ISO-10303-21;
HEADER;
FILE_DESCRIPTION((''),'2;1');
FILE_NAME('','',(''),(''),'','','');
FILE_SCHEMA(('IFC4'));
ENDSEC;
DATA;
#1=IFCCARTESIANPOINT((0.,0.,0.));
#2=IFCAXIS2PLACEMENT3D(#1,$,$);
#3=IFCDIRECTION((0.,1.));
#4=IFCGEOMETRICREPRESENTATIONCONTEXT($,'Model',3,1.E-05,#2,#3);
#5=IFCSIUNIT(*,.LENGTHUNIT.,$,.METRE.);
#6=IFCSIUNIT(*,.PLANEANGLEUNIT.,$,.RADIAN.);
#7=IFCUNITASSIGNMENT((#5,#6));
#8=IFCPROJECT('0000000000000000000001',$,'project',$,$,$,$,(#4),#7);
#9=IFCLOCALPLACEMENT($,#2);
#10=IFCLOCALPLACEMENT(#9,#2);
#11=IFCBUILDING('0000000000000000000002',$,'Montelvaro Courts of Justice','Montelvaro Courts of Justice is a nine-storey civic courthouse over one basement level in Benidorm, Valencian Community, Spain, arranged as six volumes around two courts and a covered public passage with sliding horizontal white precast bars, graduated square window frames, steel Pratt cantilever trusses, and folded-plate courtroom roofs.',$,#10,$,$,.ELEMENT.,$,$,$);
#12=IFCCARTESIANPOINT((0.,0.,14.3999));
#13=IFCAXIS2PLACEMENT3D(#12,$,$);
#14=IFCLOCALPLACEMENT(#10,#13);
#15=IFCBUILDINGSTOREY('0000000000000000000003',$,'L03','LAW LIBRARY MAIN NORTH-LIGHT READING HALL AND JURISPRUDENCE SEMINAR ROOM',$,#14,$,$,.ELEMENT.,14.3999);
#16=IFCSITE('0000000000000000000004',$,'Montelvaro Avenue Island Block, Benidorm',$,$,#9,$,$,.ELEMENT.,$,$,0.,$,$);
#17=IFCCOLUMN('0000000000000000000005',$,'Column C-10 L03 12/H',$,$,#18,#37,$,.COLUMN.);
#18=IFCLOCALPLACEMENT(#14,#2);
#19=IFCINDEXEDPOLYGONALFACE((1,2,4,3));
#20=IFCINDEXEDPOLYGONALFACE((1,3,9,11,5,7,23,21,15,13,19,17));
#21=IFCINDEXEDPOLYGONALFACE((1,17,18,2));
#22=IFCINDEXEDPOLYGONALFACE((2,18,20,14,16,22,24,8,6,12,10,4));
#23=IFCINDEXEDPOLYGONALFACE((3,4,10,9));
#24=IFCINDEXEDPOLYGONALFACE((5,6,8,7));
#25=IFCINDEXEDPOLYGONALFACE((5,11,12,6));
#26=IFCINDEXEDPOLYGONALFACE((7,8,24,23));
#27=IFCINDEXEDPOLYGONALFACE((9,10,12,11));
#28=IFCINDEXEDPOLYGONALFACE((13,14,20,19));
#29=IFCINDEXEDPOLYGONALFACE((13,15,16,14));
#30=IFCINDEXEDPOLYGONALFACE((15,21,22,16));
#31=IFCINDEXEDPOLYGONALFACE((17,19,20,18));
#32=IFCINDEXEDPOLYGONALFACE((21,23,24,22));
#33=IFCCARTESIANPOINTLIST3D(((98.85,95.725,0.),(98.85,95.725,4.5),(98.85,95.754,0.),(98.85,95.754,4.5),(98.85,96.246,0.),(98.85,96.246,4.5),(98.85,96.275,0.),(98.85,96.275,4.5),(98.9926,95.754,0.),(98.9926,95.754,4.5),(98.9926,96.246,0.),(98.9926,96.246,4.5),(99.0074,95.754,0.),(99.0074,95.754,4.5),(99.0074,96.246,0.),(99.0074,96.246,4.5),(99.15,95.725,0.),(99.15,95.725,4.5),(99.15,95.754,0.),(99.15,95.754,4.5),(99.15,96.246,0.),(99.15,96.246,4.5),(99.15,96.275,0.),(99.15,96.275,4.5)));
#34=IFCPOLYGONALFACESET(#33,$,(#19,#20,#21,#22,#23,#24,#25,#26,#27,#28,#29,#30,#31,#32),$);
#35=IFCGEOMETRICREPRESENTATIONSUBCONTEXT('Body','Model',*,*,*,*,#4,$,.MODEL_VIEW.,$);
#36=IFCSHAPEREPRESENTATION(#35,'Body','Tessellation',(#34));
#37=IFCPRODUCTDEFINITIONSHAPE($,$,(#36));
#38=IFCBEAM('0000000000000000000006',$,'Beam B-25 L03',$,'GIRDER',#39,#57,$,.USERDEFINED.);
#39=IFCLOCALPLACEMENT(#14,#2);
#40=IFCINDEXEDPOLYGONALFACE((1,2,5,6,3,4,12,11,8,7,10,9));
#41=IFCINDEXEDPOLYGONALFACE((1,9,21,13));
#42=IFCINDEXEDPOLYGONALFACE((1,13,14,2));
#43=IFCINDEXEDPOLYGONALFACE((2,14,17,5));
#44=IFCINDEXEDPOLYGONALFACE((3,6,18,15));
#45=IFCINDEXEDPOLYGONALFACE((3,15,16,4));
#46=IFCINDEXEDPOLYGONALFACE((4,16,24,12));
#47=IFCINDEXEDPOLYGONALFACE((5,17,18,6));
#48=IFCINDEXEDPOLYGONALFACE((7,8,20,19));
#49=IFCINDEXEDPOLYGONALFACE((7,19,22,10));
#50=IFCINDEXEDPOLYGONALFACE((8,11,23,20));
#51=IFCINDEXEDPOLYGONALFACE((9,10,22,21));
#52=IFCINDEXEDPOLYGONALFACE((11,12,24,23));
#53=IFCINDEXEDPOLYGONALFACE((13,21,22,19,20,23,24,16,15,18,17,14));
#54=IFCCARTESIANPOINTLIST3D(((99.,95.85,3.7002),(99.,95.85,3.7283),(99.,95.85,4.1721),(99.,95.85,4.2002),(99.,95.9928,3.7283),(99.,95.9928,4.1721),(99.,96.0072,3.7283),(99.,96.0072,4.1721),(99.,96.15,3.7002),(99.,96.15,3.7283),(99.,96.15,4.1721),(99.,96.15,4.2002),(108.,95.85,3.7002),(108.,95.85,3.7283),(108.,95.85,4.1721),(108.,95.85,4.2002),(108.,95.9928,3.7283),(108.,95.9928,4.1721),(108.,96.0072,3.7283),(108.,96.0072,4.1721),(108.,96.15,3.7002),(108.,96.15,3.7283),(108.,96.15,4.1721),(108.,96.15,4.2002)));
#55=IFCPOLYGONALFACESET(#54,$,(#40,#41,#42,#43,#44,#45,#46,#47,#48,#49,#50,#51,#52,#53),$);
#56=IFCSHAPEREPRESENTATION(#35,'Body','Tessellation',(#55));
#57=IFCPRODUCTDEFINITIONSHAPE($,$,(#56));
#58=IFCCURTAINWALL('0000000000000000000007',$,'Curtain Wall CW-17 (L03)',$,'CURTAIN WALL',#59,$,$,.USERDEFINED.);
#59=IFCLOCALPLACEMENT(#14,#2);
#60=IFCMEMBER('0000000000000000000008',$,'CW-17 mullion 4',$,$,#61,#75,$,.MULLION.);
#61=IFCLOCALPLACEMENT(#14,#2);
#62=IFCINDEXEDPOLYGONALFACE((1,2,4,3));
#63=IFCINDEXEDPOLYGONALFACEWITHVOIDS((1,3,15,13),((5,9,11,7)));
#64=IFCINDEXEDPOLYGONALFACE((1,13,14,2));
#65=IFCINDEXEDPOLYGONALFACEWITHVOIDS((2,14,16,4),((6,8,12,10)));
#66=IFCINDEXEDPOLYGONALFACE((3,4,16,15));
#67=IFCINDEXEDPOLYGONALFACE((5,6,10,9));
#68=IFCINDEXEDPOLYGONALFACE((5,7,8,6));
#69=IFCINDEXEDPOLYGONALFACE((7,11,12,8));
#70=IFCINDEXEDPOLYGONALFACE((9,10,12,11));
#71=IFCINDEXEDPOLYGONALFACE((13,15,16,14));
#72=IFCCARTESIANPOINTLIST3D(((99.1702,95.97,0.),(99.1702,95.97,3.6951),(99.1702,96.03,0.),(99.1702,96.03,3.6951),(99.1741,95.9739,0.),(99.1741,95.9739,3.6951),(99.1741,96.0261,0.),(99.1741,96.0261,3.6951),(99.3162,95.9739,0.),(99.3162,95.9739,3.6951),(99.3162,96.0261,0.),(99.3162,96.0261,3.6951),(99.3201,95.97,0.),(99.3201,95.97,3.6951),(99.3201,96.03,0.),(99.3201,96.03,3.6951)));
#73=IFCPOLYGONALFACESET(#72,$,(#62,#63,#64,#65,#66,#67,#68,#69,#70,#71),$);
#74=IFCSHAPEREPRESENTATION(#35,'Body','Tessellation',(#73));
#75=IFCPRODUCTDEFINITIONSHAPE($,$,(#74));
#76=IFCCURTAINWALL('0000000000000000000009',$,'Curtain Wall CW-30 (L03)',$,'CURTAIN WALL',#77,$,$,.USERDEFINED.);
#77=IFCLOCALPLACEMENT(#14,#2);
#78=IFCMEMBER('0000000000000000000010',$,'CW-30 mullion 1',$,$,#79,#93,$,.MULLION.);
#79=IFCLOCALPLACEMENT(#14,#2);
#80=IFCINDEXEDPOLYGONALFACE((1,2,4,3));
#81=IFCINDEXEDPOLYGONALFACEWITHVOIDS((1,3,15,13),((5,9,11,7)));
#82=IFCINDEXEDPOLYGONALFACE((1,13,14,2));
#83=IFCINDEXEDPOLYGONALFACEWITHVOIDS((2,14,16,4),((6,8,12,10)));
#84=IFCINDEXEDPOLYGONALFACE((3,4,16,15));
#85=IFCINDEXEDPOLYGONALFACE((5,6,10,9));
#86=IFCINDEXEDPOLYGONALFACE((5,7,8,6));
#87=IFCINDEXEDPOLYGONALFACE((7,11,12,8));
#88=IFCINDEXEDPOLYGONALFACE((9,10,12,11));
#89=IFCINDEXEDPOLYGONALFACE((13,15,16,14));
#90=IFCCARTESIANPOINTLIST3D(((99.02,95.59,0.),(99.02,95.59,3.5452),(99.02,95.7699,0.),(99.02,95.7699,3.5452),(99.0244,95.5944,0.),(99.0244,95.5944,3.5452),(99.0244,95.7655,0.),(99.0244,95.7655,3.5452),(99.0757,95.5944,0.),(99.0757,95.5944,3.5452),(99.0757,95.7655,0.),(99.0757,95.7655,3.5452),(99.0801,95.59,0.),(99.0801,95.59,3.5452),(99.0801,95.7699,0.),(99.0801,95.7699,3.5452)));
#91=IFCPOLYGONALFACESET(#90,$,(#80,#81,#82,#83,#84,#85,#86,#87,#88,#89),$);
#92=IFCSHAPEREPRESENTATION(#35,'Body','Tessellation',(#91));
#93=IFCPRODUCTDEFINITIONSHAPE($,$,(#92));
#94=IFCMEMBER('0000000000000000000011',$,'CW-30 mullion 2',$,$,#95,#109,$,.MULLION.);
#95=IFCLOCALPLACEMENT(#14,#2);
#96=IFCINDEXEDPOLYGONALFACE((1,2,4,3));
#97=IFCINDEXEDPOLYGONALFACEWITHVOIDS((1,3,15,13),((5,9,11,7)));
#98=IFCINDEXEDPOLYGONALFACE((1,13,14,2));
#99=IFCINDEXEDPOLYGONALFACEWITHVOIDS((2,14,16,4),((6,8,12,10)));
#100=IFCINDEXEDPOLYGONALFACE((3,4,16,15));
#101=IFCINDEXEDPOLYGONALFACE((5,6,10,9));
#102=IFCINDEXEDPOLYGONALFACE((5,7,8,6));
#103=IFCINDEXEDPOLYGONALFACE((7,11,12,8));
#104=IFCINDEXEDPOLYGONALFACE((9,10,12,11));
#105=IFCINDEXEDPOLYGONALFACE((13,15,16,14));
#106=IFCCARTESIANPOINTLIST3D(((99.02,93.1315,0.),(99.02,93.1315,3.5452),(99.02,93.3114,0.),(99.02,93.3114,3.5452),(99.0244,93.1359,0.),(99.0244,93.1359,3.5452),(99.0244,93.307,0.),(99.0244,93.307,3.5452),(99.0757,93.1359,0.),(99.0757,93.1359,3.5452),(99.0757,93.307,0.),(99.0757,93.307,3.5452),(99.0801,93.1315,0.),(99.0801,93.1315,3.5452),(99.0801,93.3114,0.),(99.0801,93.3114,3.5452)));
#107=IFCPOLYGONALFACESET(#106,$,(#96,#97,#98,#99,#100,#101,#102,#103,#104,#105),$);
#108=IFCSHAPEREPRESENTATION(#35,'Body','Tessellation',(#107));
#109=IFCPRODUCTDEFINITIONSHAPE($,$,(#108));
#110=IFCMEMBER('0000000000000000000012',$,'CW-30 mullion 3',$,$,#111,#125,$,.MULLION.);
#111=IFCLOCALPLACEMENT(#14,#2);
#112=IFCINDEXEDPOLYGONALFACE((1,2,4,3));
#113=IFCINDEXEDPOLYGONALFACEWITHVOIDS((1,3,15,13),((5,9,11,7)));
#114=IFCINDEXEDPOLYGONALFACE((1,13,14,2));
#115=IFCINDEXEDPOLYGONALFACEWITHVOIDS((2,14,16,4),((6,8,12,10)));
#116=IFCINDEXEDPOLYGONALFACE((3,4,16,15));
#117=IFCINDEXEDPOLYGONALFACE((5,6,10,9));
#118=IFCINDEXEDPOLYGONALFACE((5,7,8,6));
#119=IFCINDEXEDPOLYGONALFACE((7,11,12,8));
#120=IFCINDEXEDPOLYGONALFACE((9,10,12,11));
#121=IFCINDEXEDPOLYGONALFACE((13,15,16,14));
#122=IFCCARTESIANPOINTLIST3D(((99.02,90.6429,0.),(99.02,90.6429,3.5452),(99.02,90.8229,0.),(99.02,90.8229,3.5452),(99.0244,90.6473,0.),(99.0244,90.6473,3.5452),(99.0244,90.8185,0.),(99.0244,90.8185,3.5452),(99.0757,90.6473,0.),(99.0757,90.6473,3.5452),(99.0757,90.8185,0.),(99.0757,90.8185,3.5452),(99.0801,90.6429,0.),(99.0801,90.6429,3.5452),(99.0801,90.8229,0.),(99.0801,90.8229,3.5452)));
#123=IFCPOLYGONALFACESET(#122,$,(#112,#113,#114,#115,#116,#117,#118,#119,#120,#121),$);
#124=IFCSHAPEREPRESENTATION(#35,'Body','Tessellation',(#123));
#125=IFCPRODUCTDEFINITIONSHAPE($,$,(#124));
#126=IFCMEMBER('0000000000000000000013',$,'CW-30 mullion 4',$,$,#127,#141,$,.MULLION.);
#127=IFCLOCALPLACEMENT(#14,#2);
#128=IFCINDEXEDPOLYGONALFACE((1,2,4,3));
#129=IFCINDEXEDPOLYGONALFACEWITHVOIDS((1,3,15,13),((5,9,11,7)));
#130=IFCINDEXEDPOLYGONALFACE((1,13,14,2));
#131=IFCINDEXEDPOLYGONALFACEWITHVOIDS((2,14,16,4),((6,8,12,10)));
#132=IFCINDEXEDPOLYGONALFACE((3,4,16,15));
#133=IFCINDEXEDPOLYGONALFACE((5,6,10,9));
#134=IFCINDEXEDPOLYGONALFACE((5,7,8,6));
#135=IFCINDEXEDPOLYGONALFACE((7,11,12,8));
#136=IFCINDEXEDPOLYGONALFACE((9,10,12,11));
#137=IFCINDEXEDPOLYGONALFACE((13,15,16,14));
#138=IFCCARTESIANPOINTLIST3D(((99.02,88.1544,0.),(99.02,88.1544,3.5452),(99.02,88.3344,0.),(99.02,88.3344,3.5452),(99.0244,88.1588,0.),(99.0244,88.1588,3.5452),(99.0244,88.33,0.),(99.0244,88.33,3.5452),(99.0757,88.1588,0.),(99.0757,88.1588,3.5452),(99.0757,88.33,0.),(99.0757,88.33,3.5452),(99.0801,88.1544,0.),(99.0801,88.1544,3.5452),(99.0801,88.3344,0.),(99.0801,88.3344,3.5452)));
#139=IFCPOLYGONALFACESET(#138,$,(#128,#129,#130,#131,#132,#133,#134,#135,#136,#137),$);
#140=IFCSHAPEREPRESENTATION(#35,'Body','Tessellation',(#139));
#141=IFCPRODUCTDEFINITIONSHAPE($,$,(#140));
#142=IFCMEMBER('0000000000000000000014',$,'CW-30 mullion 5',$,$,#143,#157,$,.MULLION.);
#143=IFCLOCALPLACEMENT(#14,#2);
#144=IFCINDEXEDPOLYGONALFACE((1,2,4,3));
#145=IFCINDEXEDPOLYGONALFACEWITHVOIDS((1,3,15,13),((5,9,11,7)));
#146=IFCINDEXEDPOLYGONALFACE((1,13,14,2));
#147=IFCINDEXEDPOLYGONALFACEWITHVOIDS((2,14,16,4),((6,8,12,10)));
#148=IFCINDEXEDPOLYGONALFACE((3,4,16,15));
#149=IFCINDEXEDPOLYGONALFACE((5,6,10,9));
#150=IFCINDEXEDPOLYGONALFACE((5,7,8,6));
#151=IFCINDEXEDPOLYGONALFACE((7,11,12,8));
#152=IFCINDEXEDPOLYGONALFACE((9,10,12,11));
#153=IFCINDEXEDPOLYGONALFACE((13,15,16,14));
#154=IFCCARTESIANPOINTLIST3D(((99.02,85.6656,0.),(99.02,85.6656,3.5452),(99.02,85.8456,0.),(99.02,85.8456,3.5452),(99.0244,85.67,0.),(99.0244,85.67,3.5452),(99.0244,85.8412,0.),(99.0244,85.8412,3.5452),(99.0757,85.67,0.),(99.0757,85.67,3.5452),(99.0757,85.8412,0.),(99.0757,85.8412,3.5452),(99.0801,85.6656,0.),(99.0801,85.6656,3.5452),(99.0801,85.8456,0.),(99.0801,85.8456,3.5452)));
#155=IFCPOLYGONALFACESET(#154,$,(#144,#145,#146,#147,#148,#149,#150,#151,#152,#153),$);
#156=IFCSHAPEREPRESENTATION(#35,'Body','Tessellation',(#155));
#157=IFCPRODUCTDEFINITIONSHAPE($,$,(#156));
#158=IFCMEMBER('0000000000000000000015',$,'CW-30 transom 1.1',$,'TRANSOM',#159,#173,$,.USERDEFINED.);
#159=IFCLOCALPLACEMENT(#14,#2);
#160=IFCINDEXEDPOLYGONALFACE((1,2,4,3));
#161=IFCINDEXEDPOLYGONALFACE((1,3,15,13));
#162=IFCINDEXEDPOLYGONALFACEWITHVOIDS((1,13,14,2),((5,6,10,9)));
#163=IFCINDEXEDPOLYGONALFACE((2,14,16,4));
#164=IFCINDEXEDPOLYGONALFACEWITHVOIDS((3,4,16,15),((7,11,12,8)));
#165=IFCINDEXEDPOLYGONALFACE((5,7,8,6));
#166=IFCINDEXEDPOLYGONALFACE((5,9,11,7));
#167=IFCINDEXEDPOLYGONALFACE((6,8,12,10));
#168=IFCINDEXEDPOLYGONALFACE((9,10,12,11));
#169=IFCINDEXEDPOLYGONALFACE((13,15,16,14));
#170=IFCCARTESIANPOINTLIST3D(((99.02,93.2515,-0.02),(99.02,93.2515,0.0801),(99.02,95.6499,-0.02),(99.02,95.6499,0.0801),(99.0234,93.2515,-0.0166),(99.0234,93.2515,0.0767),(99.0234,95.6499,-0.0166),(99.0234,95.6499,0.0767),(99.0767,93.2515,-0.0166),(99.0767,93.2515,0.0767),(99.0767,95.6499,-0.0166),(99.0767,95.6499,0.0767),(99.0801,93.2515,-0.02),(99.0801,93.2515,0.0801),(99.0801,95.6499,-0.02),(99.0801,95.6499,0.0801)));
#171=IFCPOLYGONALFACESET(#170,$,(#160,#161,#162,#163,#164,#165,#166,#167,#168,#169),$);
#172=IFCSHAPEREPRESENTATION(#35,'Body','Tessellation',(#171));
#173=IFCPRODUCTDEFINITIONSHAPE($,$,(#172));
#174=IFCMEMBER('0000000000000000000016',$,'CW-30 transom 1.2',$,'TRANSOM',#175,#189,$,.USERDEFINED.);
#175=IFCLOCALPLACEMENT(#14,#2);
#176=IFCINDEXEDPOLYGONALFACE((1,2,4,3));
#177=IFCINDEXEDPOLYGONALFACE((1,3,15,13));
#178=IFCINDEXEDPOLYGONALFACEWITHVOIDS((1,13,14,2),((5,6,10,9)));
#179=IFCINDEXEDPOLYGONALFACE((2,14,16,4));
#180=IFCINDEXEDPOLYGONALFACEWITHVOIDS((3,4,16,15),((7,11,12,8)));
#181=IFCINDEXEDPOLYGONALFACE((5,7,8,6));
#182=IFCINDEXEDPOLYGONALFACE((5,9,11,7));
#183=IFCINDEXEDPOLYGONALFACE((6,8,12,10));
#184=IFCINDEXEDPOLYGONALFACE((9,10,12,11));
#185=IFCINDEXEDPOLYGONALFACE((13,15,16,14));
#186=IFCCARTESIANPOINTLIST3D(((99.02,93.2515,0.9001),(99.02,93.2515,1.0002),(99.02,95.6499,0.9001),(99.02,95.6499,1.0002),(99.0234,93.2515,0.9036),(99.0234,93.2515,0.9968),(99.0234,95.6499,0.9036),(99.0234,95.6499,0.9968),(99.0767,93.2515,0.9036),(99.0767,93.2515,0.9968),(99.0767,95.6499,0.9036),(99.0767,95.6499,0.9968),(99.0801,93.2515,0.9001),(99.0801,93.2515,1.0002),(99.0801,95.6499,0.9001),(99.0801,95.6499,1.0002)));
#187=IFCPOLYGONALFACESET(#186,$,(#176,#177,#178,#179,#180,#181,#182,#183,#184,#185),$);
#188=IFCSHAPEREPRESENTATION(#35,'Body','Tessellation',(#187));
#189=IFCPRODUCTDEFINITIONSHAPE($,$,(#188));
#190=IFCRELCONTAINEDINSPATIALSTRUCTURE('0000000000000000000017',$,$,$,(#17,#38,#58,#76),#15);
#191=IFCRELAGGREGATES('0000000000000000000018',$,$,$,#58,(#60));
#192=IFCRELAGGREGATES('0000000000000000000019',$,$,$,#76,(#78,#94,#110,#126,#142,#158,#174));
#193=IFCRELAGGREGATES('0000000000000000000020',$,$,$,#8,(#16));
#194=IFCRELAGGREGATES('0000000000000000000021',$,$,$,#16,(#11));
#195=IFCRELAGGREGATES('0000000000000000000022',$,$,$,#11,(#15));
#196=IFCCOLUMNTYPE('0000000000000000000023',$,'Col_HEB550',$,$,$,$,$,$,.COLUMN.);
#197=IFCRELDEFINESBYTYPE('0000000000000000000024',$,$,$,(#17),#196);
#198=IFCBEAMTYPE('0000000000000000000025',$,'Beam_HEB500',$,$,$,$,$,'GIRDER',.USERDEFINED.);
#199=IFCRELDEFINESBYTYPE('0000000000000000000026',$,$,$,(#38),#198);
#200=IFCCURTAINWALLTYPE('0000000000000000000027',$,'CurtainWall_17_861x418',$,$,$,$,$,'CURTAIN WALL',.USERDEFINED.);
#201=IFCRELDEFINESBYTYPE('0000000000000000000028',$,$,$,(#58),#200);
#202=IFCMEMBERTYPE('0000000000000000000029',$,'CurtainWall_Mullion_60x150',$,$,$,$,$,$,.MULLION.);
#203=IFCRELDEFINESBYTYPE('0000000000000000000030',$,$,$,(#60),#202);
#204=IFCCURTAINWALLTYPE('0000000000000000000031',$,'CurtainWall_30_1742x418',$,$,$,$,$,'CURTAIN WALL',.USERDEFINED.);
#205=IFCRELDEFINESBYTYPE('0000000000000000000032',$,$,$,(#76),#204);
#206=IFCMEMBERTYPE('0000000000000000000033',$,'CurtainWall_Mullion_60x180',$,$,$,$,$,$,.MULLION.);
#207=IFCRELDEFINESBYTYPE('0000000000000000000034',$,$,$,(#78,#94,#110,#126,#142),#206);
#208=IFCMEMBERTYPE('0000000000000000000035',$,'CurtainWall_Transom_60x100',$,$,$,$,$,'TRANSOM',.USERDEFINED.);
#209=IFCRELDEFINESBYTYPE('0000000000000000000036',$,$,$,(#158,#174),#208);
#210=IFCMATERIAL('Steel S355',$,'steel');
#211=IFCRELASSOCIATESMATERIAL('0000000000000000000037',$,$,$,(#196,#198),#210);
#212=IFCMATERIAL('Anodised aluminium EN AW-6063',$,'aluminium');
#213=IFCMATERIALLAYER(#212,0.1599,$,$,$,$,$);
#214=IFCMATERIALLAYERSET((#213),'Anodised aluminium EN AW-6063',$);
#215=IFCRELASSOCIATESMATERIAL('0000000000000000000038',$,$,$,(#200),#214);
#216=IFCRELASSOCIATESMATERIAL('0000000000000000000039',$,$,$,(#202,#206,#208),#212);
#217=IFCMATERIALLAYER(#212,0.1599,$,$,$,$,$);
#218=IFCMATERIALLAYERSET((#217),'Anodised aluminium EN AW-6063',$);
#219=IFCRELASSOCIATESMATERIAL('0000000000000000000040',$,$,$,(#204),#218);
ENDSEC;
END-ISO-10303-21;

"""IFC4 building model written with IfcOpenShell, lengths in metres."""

from ifc_helpers import new_model, si_unit, direction, frame, origin, origin_2d, place, context, subcontext, project, spatial, hollow_rectangle, i_section, extrude, material, layer, layer_set, material_profile, profile_set, type_object, element, aggregate, save


model = new_model("IFC4")

# Units and contexts
model_context = context("Model", 3, precision=1e-05, world=origin(), true_north=direction((0.0, 1.0)))
body_context = subcontext(model_context, "Body", "Model", "MODEL_VIEW")
ifc_project = project(units=[si_unit("LENGTHUNIT", "METRE"), si_unit("PLANEANGLEUNIT", "RADIAN")], contexts=[model_context])

# Site, building, storey
site_placement = place(None, origin())
site = spatial("IfcSite", under=ifc_project, at=site_placement, Name="Montelvaro Avenue Island Block, Benidorm", CompositionType="ELEMENT", RefElevation=0.0)
building_placement = place(site_placement, origin())
building = spatial("IfcBuilding", under=site, at=building_placement, Name="Montelvaro Courts of Justice", Description="Montelvaro Courts of Justice is a nine-storey civic courthouse over one basement level in Benidorm, Valencian Community, Spain, arranged as six volumes around two courts and a covered public passage with sliding horizontal white precast bars, graduated square window frames, steel Pratt cantilever trusses, and folded-plate courtroom roofs.", CompositionType="ELEMENT")
storey_placement = place(building_placement, frame((0.0, 0.0, 14.3999)))
storey = spatial("IfcBuildingStorey", under=building, at=storey_placement, Name="L03", Description="LAW LIBRARY MAIN NORTH-LIGHT READING HALL AND JURISPRUDENCE SEMINAR ROOM", CompositionType="ELEMENT", Elevation=14.3999)

# Column
ifc_material_1 = material(Name="Steel S355", Category="steel")
ifc_material_profile_1 = material_profile(ifc_material_1, i_section(OverallWidth=0.3, OverallDepth=0.55, WebThickness=0.0149, FlangeThickness=0.0291, at=origin_2d()), Name="HEB 550")
ifc_profile_set_1 = profile_set([ifc_material_profile_1], Name="Steel S355")
column_type = type_object("IfcColumnType", Name="Col_HEB550", PredefinedType="COLUMN", material=ifc_profile_set_1)
column_placement = place(storey_placement, frame((99.0, 96.0, 0.0), z_axis=(0.0, 0.0, 1.0), x_axis=(1.0, 0.0, 0.0)))
element("IfcColumn", 1, at=column_placement, inside=storey, type_object=column_type, Name="Column C-10 L03 12/H", PredefinedType="COLUMN", context=body_context, shape_type="SweptSolid", body=[
    extrude(i_section(OverallWidth=0.3, OverallDepth=0.55, WebThickness=0.0149, FlangeThickness=0.0291, at=origin_2d()), origin(), (0.0, 0.0, 1.0), 4.5),
])

# Beam
ifc_material_profile_2 = material_profile(ifc_material_1, i_section(OverallWidth=0.3, OverallDepth=0.5, WebThickness=0.0144, FlangeThickness=0.0281, at=origin_2d()), Name="HEB 500")
ifc_profile_set_2 = profile_set([ifc_material_profile_2], Name="Steel S355")
beam_type = type_object("IfcBeamType", Name="Beam_HEB500", ElementType="GIRDER", PredefinedType="USERDEFINED", material=ifc_profile_set_2)
beam_placement = place(storey_placement, frame((99.0, 96.0, 3.9502), z_axis=(1.0, 0.0, 0.0), x_axis=(0.0, 1.0, 0.0)))
element("IfcBeam", 2, at=beam_placement, inside=storey, type_object=beam_type, Name="Beam B-25 L03", ObjectType="GIRDER", PredefinedType="USERDEFINED", context=body_context, shape_type="SweptSolid", body=[
    extrude(i_section(OverallWidth=0.3, OverallDepth=0.5, WebThickness=0.0144, FlangeThickness=0.0281, at=origin_2d()), origin(), (0.0, 0.0, 1.0), 9.0),
])

# Curtain wall, member
ifc_material_2 = material(Name="Anodised aluminium EN AW-6063", Category="aluminium")
ifc_layer_1 = layer(ifc_material_2, 0.1599)
ifc_layer_set_1 = layer_set([ifc_layer_1], Name="Anodised aluminium EN AW-6063")
curtain_wall_type_1 = type_object("IfcCurtainWallType", Name="CurtainWall_17_861x418", ElementType="CURTAIN WALL", PredefinedType="USERDEFINED", material=ifc_layer_set_1)
curtain_wall_1_placement = place(storey_placement, origin())
curtain_wall_1 = element("IfcCurtainWall", 3, at=curtain_wall_1_placement, inside=storey, type_object=curtain_wall_type_1, Name="Curtain Wall CW-17 (L03)", ObjectType="CURTAIN WALL", PredefinedType="USERDEFINED")
ifc_material_profile_3 = material_profile(ifc_material_2, hollow_rectangle(XDim=0.0601, YDim=0.1499, WallThickness=0.0039, at=origin_2d()), Name="ALU-M 60x150")
ifc_profile_set_3 = profile_set([ifc_material_profile_3], Name="Anodised aluminium EN AW-6063")
member_type_1 = type_object("IfcMemberType", Name="CurtainWall_Mullion_60x150", PredefinedType="MULLION", material=ifc_profile_set_3)
member_1_placement = place(storey_placement, frame((99.2451, 96.0, 0.0), z_axis=(0.0, 0.0, 1.0), x_axis=(0.0, -1.0, 0.0)))
member_1 = element("IfcMember", 4, at=member_1_placement, type_object=member_type_1, Name="CW-17 mullion 4", PredefinedType="MULLION", context=body_context, shape_type="SweptSolid", body=[
    extrude(hollow_rectangle(XDim=0.0601, YDim=0.1499, WallThickness=0.0039, at=origin_2d()), origin(), (0.0, 0.0, 1.0), 3.6951),
])

# Curtain wall, members
ifc_layer_2 = layer(ifc_material_2, 0.1599)
ifc_layer_set_2 = layer_set([ifc_layer_2], Name="Anodised aluminium EN AW-6063")
curtain_wall_type_2 = type_object("IfcCurtainWallType", Name="CurtainWall_30_1742x418", ElementType="CURTAIN WALL", PredefinedType="USERDEFINED", material=ifc_layer_set_2)
curtain_wall_2_placement = place(storey_placement, origin())
curtain_wall_2 = element("IfcCurtainWall", 5, at=curtain_wall_2_placement, inside=storey, type_object=curtain_wall_type_2, Name="Curtain Wall CW-30 (L03)", ObjectType="CURTAIN WALL", PredefinedType="USERDEFINED")
ifc_material_profile_4 = material_profile(ifc_material_2, hollow_rectangle(XDim=0.0601, YDim=0.1799, WallThickness=0.0044, at=origin_2d()), Name="ALU-M 60x180")
ifc_profile_set_4 = profile_set([ifc_material_profile_4], Name="Anodised aluminium EN AW-6063")
member_type_2 = type_object("IfcMemberType", Name="CurtainWall_Mullion_60x180", PredefinedType="MULLION", material=ifc_profile_set_4)
member_2_placement = place(storey_placement, frame((99.05, 95.6799, 0.0), z_axis=(0.0, 0.0, 1.0), x_axis=(1.0, 0.0, 0.0)))
member_2 = element("IfcMember", 6, at=member_2_placement, type_object=member_type_2, Name="CW-30 mullion 1", PredefinedType="MULLION", context=body_context, shape_type="SweptSolid", body=[
    extrude(hollow_rectangle(XDim=0.0601, YDim=0.1799, WallThickness=0.0044, at=origin_2d()), origin(), (0.0, 0.0, 1.0), 3.5452),
])
member_3_placement = place(storey_placement, frame((99.05, 93.2214, 0.0), z_axis=(0.0, 0.0, 1.0), x_axis=(1.0, 0.0, 0.0)))
member_3 = element("IfcMember", 7, at=member_3_placement, type_object=member_type_2, Name="CW-30 mullion 2", PredefinedType="MULLION", context=body_context, shape_type="SweptSolid", body=[
    extrude(hollow_rectangle(XDim=0.0601, YDim=0.1799, WallThickness=0.0044, at=origin_2d()), origin(), (0.0, 0.0, 1.0), 3.5452),
])
member_4_placement = place(storey_placement, frame((99.05, 90.7329, 0.0), z_axis=(0.0, 0.0, 1.0), x_axis=(1.0, 0.0, 0.0)))
member_4 = element("IfcMember", 8, at=member_4_placement, type_object=member_type_2, Name="CW-30 mullion 3", PredefinedType="MULLION", context=body_context, shape_type="SweptSolid", body=[
    extrude(hollow_rectangle(XDim=0.0601, YDim=0.1799, WallThickness=0.0044, at=origin_2d()), origin(), (0.0, 0.0, 1.0), 3.5452),
])
member_5_placement = place(storey_placement, frame((99.05, 88.2444, 0.0), z_axis=(0.0, 0.0, 1.0), x_axis=(1.0, 0.0, 0.0)))
member_5 = element("IfcMember", 9, at=member_5_placement, type_object=member_type_2, Name="CW-30 mullion 4", PredefinedType="MULLION", context=body_context, shape_type="SweptSolid", body=[
    extrude(hollow_rectangle(XDim=0.0601, YDim=0.1799, WallThickness=0.0044, at=origin_2d()), origin(), (0.0, 0.0, 1.0), 3.5452),
])
member_6_placement = place(storey_placement, frame((99.05, 85.7556, 0.0), z_axis=(0.0, 0.0, 1.0), x_axis=(1.0, 0.0, 0.0)))
member_6 = element("IfcMember", 10, at=member_6_placement, type_object=member_type_2, Name="CW-30 mullion 5", PredefinedType="MULLION", context=body_context, shape_type="SweptSolid", body=[
    extrude(hollow_rectangle(XDim=0.0601, YDim=0.1799, WallThickness=0.0044, at=origin_2d()), origin(), (0.0, 0.0, 1.0), 3.5452),
])
ifc_material_profile_5 = material_profile(ifc_material_2, hollow_rectangle(XDim=0.0601, YDim=0.1001, WallThickness=0.0034, at=origin_2d()), Name="ALU-T 60x100")
ifc_profile_set_5 = profile_set([ifc_material_profile_5], Name="Anodised aluminium EN AW-6063")
member_type_3 = type_object("IfcMemberType", Name="CurtainWall_Transom_60x100", ElementType="TRANSOM", PredefinedType="USERDEFINED", material=ifc_profile_set_5)
member_7_placement = place(storey_placement, frame((99.05, 95.6499, 0.03), z_axis=(0.0, -1.0, 0.0), x_axis=(1.0, 0.0, 0.0)))
member_7 = element("IfcMember", 11, at=member_7_placement, type_object=member_type_3, Name="CW-30 transom 1.1", ObjectType="TRANSOM", PredefinedType="USERDEFINED", context=body_context, shape_type="SweptSolid", body=[
    extrude(hollow_rectangle(XDim=0.0601, YDim=0.1001, WallThickness=0.0034, at=origin_2d()), origin(), (0.0, 0.0, 1.0), 2.3984),
])
member_8_placement = place(storey_placement, frame((99.05, 95.6499, 0.9502), z_axis=(0.0, -1.0, 0.0), x_axis=(1.0, 0.0, 0.0)))
member_8 = element("IfcMember", 12, at=member_8_placement, type_object=member_type_3, Name="CW-30 transom 1.2", ObjectType="TRANSOM", PredefinedType="USERDEFINED", context=body_context, shape_type="SweptSolid", body=[
    extrude(hollow_rectangle(XDim=0.0601, YDim=0.1001, WallThickness=0.0034, at=origin_2d()), origin(), (0.0, 0.0, 1.0), 2.3984),
])

aggregate(curtain_wall_1, [member_1])
aggregate(curtain_wall_2, [member_2, member_3, member_4, member_5, member_6, member_7, member_8])

save(model, "model.ifc")
